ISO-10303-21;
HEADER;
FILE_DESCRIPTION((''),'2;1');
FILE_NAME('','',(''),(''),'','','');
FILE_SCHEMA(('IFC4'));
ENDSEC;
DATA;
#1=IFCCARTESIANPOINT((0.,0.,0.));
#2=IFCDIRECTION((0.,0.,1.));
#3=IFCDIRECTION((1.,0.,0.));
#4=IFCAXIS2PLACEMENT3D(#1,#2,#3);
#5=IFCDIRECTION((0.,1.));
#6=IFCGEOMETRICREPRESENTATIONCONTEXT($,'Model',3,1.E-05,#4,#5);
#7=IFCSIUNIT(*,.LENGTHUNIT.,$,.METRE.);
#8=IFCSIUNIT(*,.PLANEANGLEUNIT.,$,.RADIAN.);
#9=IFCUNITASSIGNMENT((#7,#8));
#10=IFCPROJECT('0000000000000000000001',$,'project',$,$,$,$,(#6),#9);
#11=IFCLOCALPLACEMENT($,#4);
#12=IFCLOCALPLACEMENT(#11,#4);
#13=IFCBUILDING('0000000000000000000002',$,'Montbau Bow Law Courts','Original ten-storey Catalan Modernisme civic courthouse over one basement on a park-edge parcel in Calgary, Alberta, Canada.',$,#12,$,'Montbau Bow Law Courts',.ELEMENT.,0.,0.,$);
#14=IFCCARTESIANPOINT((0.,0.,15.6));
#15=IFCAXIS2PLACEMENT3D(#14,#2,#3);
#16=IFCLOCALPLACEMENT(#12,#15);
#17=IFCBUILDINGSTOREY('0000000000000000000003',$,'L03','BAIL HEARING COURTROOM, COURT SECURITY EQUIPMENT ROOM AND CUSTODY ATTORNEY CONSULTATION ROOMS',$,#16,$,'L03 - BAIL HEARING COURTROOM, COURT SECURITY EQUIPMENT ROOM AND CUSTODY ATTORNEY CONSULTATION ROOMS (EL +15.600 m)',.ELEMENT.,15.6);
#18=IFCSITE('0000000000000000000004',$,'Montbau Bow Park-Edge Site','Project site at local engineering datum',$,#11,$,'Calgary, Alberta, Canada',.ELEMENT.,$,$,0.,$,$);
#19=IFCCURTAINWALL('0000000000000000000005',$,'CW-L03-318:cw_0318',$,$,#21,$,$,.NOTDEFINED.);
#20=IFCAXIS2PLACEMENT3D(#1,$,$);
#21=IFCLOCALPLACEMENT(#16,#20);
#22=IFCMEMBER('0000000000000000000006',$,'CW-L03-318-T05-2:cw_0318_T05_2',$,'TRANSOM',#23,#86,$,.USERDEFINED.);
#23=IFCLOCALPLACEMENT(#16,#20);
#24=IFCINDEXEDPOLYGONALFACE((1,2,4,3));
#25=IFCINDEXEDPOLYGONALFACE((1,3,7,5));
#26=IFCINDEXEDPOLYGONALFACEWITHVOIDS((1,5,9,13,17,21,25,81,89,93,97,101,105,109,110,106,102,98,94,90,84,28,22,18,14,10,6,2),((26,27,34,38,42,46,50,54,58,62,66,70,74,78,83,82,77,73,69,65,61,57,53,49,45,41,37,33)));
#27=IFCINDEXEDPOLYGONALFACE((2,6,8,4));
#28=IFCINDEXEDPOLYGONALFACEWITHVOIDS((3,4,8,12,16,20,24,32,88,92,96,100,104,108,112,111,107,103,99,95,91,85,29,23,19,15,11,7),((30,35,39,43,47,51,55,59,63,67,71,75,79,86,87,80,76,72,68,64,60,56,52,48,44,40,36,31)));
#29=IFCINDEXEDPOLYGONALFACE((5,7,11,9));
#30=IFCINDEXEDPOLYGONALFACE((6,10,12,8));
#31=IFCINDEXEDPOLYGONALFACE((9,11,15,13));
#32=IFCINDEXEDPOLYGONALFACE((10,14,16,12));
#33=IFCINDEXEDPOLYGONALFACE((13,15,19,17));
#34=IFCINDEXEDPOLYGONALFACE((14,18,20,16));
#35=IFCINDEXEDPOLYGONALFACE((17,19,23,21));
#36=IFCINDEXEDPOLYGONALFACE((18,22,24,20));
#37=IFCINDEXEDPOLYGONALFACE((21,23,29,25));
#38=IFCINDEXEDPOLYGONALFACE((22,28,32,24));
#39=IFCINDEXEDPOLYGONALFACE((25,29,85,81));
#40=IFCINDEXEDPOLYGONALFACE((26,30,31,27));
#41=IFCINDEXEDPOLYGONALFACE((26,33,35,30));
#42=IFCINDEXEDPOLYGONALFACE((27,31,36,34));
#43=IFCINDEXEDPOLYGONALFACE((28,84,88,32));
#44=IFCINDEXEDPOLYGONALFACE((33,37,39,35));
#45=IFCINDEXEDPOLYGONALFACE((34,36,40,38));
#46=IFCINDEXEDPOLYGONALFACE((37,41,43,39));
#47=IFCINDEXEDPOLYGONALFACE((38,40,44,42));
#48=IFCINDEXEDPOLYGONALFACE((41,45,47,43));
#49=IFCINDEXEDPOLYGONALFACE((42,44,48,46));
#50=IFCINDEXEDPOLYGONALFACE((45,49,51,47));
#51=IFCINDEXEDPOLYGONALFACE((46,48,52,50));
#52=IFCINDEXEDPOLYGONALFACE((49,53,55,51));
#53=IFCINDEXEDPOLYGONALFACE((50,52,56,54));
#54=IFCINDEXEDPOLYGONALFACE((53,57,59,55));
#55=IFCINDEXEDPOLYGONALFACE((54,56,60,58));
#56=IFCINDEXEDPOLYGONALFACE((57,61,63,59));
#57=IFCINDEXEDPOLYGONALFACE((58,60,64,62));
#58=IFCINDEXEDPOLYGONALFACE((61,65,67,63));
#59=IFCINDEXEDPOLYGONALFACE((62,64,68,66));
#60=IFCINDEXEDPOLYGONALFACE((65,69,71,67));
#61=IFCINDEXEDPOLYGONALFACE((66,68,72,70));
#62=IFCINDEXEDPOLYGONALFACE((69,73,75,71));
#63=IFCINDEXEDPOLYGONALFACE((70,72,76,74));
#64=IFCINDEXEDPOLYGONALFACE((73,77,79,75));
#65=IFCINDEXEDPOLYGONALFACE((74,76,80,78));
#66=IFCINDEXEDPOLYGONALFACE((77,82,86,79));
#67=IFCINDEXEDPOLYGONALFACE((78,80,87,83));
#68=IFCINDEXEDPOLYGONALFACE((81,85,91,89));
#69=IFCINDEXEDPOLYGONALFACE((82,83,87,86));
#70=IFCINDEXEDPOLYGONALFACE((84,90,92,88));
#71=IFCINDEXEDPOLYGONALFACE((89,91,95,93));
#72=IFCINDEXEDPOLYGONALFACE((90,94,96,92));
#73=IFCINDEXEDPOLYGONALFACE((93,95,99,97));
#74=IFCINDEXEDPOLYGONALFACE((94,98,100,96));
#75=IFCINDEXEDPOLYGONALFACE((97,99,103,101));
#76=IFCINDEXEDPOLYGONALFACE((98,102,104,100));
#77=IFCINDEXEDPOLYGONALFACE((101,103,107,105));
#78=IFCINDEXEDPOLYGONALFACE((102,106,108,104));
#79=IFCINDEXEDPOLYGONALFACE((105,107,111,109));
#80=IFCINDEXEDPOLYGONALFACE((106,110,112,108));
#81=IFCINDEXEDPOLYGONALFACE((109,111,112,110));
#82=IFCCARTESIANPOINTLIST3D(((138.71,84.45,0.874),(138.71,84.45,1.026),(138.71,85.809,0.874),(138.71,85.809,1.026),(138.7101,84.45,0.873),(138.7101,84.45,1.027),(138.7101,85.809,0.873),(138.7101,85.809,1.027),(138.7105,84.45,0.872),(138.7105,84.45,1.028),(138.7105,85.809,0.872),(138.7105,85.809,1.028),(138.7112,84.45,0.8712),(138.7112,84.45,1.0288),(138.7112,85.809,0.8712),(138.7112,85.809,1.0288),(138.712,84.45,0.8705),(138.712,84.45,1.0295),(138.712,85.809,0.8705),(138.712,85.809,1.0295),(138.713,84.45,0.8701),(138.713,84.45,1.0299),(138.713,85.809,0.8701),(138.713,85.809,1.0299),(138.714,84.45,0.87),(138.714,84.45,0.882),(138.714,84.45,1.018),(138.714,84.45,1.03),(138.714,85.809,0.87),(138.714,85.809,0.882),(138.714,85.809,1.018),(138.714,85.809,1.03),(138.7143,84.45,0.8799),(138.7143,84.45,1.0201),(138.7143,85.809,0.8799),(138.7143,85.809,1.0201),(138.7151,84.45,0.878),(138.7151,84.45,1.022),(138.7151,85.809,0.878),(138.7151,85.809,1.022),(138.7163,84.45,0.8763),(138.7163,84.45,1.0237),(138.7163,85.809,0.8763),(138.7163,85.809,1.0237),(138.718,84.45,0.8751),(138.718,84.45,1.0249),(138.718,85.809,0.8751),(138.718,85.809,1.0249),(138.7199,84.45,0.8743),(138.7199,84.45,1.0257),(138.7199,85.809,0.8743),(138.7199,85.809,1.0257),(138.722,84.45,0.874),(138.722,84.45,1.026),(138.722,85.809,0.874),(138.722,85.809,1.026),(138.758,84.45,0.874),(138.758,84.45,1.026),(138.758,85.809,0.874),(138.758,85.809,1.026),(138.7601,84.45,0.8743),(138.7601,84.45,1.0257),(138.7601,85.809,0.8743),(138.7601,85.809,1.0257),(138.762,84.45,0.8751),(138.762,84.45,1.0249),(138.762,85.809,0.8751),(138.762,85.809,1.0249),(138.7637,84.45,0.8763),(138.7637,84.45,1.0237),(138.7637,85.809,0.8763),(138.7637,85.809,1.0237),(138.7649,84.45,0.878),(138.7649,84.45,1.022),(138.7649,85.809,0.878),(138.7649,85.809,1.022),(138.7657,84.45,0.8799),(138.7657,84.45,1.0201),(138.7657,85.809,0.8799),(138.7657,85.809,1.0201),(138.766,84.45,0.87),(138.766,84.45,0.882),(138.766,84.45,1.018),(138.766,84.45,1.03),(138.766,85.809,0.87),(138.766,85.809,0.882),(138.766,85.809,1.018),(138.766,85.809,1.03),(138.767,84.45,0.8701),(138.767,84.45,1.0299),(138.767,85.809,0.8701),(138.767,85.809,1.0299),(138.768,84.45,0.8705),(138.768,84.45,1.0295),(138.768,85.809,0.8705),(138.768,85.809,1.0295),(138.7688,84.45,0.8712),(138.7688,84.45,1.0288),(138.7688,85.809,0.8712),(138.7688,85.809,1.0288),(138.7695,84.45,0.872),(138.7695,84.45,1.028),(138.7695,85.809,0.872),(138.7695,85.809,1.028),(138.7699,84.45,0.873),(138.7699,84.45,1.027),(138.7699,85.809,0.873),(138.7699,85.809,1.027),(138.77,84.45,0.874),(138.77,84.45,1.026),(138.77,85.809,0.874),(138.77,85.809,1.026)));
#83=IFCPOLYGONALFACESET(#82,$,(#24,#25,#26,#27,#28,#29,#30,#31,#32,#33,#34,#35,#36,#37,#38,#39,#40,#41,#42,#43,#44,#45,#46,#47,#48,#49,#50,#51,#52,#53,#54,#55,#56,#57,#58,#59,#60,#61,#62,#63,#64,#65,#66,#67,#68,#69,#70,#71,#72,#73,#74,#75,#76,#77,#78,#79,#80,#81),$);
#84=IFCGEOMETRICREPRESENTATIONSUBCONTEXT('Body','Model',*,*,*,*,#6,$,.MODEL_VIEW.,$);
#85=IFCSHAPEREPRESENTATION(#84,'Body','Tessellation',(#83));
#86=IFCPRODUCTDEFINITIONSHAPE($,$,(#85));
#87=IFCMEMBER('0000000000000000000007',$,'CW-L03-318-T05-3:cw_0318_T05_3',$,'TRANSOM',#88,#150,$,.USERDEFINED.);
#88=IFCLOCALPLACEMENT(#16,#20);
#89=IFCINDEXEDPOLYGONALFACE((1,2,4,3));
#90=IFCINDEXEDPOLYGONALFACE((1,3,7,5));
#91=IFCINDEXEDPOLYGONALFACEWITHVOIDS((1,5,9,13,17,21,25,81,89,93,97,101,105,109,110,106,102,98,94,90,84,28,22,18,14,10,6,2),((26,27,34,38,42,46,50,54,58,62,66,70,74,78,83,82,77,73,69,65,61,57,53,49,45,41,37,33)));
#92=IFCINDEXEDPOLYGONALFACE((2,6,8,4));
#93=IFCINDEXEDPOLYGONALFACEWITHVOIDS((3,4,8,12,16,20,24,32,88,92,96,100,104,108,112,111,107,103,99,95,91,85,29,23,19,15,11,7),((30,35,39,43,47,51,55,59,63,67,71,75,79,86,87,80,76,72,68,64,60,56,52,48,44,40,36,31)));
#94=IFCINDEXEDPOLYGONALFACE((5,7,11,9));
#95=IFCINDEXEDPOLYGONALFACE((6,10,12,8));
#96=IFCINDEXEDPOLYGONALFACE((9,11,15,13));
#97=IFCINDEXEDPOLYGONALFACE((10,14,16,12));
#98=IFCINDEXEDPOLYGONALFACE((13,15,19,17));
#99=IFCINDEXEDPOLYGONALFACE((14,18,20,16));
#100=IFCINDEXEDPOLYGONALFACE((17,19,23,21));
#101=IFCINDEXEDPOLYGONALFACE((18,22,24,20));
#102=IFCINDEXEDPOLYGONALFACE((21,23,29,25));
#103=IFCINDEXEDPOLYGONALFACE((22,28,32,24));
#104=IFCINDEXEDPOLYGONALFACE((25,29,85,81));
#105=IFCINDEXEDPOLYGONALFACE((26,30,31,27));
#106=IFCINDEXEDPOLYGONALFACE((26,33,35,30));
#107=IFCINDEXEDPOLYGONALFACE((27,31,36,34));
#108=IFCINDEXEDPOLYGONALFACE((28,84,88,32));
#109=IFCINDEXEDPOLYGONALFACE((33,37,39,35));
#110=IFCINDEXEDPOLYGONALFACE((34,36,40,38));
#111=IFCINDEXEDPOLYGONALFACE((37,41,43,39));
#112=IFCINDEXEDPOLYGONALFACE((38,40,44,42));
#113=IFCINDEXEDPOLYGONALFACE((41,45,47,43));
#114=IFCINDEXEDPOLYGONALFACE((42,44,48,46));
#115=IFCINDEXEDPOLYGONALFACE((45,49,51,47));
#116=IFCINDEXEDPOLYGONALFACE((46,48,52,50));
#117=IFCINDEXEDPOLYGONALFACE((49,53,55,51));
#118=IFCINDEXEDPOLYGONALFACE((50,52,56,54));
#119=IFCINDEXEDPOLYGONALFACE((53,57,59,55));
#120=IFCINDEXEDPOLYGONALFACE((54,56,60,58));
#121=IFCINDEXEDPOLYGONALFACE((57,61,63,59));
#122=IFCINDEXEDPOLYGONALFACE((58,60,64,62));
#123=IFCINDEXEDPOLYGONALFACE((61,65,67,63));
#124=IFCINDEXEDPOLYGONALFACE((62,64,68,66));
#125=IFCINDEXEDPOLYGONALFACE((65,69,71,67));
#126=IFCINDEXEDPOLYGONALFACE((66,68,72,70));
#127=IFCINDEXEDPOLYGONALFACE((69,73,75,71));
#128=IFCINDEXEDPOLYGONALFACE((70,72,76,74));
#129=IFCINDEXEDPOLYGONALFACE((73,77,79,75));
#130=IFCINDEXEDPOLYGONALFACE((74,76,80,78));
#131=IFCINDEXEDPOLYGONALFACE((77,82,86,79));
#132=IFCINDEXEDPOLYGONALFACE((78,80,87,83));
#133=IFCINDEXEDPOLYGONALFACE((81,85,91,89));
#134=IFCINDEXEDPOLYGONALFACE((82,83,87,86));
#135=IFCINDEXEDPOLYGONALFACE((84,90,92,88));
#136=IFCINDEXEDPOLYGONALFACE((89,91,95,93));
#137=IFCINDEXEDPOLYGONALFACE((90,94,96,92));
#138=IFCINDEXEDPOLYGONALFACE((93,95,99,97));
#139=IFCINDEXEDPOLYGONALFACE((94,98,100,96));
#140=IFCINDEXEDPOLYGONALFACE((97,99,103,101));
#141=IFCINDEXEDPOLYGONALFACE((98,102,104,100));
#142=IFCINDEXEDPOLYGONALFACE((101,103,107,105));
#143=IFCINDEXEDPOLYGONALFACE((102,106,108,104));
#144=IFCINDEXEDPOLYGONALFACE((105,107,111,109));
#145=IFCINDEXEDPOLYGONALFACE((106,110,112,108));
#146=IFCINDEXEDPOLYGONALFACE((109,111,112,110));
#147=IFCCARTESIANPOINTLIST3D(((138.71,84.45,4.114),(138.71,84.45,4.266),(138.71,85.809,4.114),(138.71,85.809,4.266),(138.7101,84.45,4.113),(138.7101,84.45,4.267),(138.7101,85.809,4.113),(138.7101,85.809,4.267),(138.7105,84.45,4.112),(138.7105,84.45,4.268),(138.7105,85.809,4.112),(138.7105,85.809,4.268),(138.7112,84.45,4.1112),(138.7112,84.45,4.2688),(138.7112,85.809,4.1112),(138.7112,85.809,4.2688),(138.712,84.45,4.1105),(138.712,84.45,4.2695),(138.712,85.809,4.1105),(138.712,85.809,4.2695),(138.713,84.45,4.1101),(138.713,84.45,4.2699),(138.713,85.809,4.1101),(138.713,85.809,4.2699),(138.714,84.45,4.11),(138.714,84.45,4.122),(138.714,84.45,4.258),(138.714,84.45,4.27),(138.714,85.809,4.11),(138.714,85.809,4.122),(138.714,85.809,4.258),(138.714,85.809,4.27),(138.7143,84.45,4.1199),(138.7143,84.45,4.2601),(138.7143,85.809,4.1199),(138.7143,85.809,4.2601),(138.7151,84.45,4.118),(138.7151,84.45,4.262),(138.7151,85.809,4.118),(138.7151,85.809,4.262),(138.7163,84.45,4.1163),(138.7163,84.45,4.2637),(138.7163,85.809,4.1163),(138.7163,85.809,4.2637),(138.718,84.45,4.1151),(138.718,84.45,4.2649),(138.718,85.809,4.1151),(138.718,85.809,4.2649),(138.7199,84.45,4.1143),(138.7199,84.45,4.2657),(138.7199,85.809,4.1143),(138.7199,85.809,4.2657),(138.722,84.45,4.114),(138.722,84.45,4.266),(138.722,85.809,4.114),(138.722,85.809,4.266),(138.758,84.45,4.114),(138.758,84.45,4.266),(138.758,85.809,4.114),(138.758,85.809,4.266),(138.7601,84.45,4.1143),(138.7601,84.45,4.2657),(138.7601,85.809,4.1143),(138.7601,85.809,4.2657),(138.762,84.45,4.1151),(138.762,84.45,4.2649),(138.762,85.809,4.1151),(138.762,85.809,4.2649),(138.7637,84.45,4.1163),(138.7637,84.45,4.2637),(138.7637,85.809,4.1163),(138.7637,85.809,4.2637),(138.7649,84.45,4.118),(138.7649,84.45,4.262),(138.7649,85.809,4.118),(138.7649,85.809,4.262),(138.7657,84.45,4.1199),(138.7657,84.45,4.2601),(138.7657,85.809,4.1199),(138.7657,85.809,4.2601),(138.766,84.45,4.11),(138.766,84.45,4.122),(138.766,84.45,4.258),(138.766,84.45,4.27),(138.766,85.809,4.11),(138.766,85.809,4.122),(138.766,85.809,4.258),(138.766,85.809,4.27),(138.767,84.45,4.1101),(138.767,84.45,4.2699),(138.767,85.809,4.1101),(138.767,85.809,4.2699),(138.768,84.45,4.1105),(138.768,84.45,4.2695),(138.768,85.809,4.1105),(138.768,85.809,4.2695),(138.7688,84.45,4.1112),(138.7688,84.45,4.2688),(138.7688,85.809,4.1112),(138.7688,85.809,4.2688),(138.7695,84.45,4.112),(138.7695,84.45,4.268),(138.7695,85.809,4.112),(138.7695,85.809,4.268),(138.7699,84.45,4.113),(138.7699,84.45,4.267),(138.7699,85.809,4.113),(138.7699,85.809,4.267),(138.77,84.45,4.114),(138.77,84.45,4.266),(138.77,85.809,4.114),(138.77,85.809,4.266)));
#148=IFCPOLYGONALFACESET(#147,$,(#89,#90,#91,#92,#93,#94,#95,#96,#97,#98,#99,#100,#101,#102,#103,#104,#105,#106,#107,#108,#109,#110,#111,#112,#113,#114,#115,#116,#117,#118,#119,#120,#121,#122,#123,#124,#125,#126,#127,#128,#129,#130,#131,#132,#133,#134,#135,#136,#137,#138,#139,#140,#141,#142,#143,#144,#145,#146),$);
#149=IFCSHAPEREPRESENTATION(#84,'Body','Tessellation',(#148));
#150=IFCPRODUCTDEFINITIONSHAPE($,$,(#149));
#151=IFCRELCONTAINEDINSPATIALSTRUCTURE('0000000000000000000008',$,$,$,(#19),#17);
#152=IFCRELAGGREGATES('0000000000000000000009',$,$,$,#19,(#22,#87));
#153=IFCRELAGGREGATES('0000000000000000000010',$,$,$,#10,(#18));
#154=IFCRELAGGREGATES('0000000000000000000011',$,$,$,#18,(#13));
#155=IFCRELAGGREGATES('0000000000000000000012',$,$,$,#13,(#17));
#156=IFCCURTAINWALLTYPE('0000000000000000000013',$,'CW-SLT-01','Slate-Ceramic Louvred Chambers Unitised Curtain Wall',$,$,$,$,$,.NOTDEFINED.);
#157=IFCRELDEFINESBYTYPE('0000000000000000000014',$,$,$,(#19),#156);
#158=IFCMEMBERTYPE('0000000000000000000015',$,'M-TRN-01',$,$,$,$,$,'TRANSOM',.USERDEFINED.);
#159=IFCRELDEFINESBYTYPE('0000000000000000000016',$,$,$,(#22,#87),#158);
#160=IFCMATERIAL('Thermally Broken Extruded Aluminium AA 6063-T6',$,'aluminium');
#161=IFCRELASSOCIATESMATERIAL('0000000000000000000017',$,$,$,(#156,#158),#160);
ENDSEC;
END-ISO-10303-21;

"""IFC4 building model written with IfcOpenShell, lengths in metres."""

from ifc_helpers import new_model, si_unit, direction, frame, origin_with_axes, origin_2d_with_axis, place, context, subcontext, project, spatial, hollow_rectangle, extrude, material, material_profile, profile_set, type_object, element, aggregate, save


model = new_model("IFC4")

# Units and contexts
model_context = context("Model", 3, precision=1e-05, world=origin_with_axes(), true_north=direction((0.0, 1.0)))
body_context = subcontext(model_context, "Body", "Model", "MODEL_VIEW")
ifc_project = project(units=[si_unit("LENGTHUNIT", "METRE"), si_unit("PLANEANGLEUNIT", "RADIAN")], contexts=[model_context])

# Site, building, storey
site_placement = place(None, origin_with_axes())
site = spatial("IfcSite", under=ifc_project, at=site_placement, Name="Montbau Bow Park-Edge Site", Description="Project site at local engineering datum", LongName="Calgary, Alberta, Canada", CompositionType="ELEMENT", RefElevation=0.0)
building_placement = place(site_placement, origin_with_axes())
building = spatial("IfcBuilding", under=site, at=building_placement, Name="Montbau Bow Law Courts", Description="Original ten-storey Catalan Modernisme civic courthouse over one basement on a park-edge parcel in Calgary, Alberta, Canada.", LongName="Montbau Bow Law Courts", CompositionType="ELEMENT", ElevationOfRefHeight=0.0, ElevationOfTerrain=0.0)
storey_placement = place(building_placement, frame((0.0, 0.0, 15.6), z_axis=(0.0, 0.0, 1.0), x_axis=(1.0, 0.0, 0.0)))
storey = spatial("IfcBuildingStorey", under=building, at=storey_placement, Name="L03", Description="BAIL HEARING COURTROOM, COURT SECURITY EQUIPMENT ROOM AND CUSTODY ATTORNEY CONSULTATION ROOMS", LongName="L03 - BAIL HEARING COURTROOM, COURT SECURITY EQUIPMENT ROOM AND CUSTODY ATTORNEY CONSULTATION ROOMS (EL +15.600 m)", CompositionType="ELEMENT", Elevation=15.6)

# Curtain wall
ifc_material_1 = material(Name="Thermally Broken Extruded Aluminium AA 6063-T6", Category="aluminium")
curtain_wall_type = type_object("IfcCurtainWallType", Name="CW-SLT-01", Description="Slate-Ceramic Louvred Chambers Unitised Curtain Wall", PredefinedType="NOTDEFINED", material=ifc_material_1)
curtain_wall_1_placement = place(None, frame((138.74, 78.515, 15.6), z_axis=(0.0, 0.0, 1.0), x_axis=(1.0, 0.0, 0.0)))
curtain_wall_1 = element("IfcCurtainWall", 1, at=curtain_wall_1_placement, inside=storey, type_object=curtain_wall_type, Name="CW-L03-318:cw_0318", PredefinedType="NOTDEFINED")

# Members
ifc_material_profile_1 = material_profile(ifc_material_1, hollow_rectangle(XDim=0.06, YDim=0.16, WallThickness=0.004, InnerFilletRadius=0.008, OuterFilletRadius=0.004, at=origin_2d_with_axis()), Name="CWT-160X60", Category="Main", Priority=0)
ifc_profile_set_1 = profile_set([ifc_material_profile_1], Name="Thermally Broken Extruded Aluminium AA 6063-T6")
member_type_1 = type_object("IfcMemberType", Name="M-TRN-01", ElementType="TRANSOM", PredefinedType="USERDEFINED", material=ifc_profile_set_1)
member_1_placement = place(None, frame((138.74, 84.45, 16.55), z_axis=(0.0, 1.0, 0.0), x_axis=(-1.0, 0.0, 0.0)))
member_1 = element("IfcMember", 2, at=member_1_placement, type_object=member_type_1, Name="CW-L03-318-T05-2:cw_0318_T05_2", ObjectType="TRANSOM", PredefinedType="USERDEFINED", context=body_context, shape_type="SweptSolid", body=[
    extrude(hollow_rectangle(XDim=0.06, YDim=0.16, WallThickness=0.004, InnerFilletRadius=0.008, OuterFilletRadius=0.004, at=origin_2d_with_axis()), origin_with_axes(), (0.0, 0.0, 1.0), 1.359),
])
member_2_placement = place(None, frame((138.74, 84.45, 19.79), z_axis=(0.0, 1.0, 0.0), x_axis=(-1.0, 0.0, 0.0)))
member_2 = element("IfcMember", 3, at=member_2_placement, type_object=member_type_1, Name="CW-L03-318-T05-3:cw_0318_T05_3", ObjectType="TRANSOM", PredefinedType="USERDEFINED", context=body_context, shape_type="SweptSolid", body=[
    extrude(hollow_rectangle(XDim=0.06, YDim=0.16, WallThickness=0.004, InnerFilletRadius=0.008, OuterFilletRadius=0.004, at=origin_2d_with_axis()), origin_with_axes(), (0.0, 0.0, 1.0), 1.359),
])

aggregate(curtain_wall_1, [member_1, member_2])

save(model, "model.ifc")
